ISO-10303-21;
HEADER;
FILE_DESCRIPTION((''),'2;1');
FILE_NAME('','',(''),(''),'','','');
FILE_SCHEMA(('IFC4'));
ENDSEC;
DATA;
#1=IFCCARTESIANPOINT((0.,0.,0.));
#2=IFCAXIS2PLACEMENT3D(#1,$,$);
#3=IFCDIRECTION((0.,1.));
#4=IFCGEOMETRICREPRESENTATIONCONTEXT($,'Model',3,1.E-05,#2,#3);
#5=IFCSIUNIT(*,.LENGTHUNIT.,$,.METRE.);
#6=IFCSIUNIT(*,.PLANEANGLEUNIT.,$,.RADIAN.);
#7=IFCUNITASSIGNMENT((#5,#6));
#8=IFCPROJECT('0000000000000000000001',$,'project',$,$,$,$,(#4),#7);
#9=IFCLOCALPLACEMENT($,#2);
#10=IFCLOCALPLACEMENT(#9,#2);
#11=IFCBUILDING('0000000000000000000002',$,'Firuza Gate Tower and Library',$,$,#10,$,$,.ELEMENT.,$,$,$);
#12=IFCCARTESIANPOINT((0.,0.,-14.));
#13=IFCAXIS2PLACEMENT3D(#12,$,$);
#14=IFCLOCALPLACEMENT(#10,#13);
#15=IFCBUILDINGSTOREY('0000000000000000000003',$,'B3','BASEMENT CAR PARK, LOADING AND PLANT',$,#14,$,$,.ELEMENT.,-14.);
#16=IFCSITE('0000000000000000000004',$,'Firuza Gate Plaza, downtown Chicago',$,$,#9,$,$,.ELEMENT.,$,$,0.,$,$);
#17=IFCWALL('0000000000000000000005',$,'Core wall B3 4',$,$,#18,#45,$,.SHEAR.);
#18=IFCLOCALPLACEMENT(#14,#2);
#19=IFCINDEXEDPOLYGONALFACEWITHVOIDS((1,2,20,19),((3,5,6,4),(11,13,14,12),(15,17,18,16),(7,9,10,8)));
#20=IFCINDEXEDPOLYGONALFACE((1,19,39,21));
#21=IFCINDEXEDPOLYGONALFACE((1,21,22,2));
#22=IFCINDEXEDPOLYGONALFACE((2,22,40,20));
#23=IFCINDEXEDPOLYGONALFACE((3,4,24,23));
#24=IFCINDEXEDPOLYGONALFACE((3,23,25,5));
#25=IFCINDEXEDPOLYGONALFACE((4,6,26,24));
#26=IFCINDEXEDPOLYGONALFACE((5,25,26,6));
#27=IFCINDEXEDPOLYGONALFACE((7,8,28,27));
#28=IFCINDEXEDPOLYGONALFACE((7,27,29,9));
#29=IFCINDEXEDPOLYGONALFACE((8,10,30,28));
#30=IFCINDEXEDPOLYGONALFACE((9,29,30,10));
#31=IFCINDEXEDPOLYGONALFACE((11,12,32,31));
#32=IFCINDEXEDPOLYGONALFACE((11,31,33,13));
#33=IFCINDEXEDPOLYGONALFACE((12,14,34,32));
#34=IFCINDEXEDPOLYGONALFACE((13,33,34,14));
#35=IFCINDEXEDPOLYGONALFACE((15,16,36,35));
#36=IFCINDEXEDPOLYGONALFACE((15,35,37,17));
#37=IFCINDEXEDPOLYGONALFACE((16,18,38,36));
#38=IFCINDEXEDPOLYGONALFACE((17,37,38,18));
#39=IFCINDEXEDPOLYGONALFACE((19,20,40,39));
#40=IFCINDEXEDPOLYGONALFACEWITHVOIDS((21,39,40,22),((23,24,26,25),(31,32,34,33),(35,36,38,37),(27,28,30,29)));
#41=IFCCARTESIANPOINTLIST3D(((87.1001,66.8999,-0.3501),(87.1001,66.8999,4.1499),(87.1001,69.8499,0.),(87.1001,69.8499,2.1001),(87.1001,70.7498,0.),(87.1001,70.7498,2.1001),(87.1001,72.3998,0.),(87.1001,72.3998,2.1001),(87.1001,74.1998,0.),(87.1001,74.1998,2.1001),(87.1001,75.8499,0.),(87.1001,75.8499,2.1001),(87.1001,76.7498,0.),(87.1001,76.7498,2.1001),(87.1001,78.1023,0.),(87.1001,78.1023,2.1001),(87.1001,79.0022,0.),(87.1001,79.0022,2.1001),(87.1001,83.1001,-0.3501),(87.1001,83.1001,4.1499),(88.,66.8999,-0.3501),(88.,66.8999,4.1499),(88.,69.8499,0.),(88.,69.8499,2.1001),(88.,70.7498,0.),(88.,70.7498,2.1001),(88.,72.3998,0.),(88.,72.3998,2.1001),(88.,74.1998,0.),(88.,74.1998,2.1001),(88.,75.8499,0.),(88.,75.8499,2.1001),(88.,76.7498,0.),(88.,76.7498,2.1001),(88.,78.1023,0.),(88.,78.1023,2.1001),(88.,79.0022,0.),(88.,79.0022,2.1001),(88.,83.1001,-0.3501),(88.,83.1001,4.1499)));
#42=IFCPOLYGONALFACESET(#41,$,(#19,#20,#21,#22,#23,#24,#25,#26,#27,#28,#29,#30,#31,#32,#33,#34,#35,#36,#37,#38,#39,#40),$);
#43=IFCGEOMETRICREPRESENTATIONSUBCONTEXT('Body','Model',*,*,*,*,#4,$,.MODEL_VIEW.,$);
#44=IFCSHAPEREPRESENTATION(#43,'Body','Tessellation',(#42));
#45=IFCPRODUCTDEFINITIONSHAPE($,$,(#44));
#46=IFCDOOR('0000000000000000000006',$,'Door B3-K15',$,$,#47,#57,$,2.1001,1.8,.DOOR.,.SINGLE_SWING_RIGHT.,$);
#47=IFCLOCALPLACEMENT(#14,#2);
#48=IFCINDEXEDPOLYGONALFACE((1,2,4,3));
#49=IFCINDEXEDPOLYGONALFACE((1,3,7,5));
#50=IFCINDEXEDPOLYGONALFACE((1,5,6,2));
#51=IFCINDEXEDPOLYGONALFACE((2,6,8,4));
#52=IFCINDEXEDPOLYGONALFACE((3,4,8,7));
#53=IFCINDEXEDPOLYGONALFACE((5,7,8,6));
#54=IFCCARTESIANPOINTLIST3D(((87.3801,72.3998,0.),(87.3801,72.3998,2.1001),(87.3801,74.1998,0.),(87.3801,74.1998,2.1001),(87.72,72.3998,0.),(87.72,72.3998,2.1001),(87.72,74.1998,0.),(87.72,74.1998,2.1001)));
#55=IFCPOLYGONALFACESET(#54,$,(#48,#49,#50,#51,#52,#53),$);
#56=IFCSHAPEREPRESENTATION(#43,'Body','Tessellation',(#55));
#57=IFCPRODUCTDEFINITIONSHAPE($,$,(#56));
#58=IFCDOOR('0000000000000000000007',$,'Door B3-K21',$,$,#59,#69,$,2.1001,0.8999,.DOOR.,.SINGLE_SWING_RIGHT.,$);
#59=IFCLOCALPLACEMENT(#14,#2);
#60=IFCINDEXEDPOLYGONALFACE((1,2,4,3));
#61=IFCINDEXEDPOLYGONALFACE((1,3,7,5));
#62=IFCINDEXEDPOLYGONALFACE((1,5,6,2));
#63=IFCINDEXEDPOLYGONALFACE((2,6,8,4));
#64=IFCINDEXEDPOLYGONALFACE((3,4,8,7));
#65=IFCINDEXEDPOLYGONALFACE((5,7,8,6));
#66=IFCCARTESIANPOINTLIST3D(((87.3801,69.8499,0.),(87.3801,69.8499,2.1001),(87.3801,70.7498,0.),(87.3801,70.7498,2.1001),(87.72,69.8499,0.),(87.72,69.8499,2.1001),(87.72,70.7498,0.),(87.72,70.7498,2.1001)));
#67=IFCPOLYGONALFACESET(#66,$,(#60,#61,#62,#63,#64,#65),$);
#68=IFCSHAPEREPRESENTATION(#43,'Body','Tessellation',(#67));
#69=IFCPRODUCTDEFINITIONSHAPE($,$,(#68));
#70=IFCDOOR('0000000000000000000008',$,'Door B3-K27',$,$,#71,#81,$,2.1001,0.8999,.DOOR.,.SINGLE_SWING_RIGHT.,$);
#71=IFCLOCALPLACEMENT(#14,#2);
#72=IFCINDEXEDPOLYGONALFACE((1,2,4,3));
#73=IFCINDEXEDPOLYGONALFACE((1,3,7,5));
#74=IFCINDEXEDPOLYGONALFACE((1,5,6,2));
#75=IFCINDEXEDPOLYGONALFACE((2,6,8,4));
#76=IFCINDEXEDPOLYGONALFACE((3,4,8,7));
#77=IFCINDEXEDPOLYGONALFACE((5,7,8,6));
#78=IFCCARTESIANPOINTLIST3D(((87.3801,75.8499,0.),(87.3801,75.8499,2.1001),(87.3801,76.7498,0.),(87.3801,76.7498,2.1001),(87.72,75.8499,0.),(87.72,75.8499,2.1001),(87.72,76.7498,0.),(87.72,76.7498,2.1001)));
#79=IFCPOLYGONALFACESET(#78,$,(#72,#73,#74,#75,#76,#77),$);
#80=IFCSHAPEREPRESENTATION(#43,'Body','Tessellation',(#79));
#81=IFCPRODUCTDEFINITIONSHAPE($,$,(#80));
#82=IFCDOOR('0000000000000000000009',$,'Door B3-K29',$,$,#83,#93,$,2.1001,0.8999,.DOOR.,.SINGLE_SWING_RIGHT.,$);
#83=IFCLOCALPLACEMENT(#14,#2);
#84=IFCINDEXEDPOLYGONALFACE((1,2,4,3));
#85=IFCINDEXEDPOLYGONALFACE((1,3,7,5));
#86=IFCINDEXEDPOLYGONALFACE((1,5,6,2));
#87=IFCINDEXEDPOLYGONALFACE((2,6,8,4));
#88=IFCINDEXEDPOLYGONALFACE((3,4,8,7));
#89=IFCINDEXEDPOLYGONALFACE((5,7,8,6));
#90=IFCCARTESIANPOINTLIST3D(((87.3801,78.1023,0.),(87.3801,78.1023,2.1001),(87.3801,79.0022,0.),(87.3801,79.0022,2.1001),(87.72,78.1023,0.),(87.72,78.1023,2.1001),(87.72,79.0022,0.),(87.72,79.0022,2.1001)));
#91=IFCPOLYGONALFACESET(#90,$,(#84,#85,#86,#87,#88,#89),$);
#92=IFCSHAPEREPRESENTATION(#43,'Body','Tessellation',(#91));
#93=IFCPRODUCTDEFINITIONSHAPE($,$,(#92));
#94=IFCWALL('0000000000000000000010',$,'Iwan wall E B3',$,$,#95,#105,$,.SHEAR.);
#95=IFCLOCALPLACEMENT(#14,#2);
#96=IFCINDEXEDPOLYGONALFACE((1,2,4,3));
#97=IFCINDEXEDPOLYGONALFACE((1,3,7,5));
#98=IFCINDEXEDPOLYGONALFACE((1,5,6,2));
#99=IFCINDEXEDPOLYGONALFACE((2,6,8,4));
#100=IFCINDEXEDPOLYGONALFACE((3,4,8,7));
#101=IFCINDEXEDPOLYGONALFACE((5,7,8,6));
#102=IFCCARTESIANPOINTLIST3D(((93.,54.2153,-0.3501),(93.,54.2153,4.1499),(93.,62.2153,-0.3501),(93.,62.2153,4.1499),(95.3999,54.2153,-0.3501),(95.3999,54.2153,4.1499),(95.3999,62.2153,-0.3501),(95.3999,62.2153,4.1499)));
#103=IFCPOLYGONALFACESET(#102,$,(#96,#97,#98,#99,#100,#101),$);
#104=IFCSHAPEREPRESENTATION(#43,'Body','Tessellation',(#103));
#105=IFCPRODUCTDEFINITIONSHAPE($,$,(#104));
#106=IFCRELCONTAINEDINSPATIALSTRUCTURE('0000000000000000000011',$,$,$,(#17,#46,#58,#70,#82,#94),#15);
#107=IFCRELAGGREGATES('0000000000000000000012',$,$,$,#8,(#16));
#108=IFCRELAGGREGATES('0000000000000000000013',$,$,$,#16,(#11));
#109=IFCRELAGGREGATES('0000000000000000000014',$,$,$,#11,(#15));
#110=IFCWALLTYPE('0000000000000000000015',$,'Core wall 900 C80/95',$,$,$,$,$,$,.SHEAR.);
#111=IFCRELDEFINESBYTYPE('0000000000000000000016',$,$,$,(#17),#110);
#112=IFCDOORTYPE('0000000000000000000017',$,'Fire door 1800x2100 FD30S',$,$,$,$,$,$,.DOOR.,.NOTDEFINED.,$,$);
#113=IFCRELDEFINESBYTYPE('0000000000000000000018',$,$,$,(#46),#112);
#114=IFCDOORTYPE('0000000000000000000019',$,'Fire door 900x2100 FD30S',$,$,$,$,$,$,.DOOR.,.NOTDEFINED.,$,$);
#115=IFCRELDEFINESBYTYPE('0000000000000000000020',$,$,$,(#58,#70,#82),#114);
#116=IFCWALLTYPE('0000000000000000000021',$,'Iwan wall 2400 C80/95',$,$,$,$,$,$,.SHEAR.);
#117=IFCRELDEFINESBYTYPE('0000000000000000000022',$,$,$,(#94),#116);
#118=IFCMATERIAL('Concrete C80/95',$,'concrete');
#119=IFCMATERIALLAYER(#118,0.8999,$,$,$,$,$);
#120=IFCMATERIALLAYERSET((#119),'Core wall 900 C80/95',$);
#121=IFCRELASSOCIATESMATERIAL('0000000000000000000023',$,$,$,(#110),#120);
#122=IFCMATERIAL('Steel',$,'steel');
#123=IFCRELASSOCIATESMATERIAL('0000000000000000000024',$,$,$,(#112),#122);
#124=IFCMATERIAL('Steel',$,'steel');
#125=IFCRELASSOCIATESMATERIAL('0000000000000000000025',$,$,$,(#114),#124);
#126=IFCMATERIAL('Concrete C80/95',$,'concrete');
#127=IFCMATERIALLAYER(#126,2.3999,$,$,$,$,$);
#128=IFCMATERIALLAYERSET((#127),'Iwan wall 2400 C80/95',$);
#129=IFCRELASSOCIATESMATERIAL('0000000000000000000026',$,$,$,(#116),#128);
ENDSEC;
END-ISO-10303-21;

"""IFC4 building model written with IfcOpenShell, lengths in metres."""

from ifc_helpers import new_model, si_unit, direction, frame, frame_2d, origin, place, context, subcontext, project, spatial, rectangle, extrude, material, layer, layer_set, type_object, element, fill, save


model = new_model("IFC4")

# Units and contexts
model_context = context("Model", 3, precision=1e-05, world=origin(), true_north=direction((0.0, 1.0)))
body_context = subcontext(model_context, "Body", "Model", "MODEL_VIEW")
ifc_project = project(units=[si_unit("LENGTHUNIT", "METRE"), si_unit("PLANEANGLEUNIT", "RADIAN")], contexts=[model_context])

# Site, building, storey
site_placement = place(None, origin())
site = spatial("IfcSite", under=ifc_project, at=site_placement, Name="Firuza Gate Plaza, downtown Chicago", CompositionType="ELEMENT", RefElevation=0.0)
building_placement = place(site_placement, origin())
building = spatial("IfcBuilding", under=site, at=building_placement, Name="Firuza Gate Tower and Library", CompositionType="ELEMENT")
storey_placement = place(building_placement, frame((0.0, 0.0, -14.0)))
storey = spatial("IfcBuildingStorey", under=building, at=storey_placement, Name="B3", Description="BASEMENT CAR PARK, LOADING AND PLANT", CompositionType="ELEMENT", Elevation=-14.0)

# Wall, openings, doors
ifc_material_1 = material(Name="Concrete C80/95", Category="concrete")
ifc_layer_1 = layer(ifc_material_1, 0.8999)
ifc_layer_set_1 = layer_set([ifc_layer_1], Name="Core wall 900 C80/95")
wall_type_1 = type_object("IfcWallType", Name="Core wall 900 C80/95", PredefinedType="SHEAR", material=ifc_layer_set_1)
wall_1_placement = place(storey_placement, frame((87.55, 66.8999, -0.3501), z_axis=(0.0, 0.0, 1.0), x_axis=(0.0, 1.0, 0.0)))
wall_1 = element("IfcWall", 1, at=wall_1_placement, inside=storey, type_object=wall_type_1, Name="Core wall B3 4", PredefinedType="SHEAR", context=body_context, shape_type="SweptSolid", body=[
    extrude(rectangle(XDim=16.2002, YDim=0.8999, at=frame_2d((8.1001, 0.0))), origin(), (0.0, 0.0, 1.0), 4.5),
])
opening_1_placement = place(wall_1_placement, frame((5.5, 0.0, 0.3501)))
opening_1 = element("IfcOpeningElement", 2, at=opening_1_placement, cuts=wall_1, PredefinedType="OPENING", context=body_context, shape_type="SweptSolid", body=[
    extrude(rectangle(XDim=1.8, YDim=2.1001, at=frame_2d((0.8999, 1.05))), frame((0.0, 0.46, 0.0), z_axis=(0.0, -1.0, 0.0), x_axis=(1.0, 0.0, 0.0)), (0.0, 0.0, 1.0), 0.9199),
])
opening_2_placement = place(wall_1_placement, frame((2.95, 0.0, 0.3501)))
opening_2 = element("IfcOpeningElement", 3, at=opening_2_placement, cuts=wall_1, PredefinedType="OPENING", context=body_context, shape_type="SweptSolid", body=[
    extrude(rectangle(XDim=0.8999, YDim=2.1001, at=frame_2d((0.45, 1.05))), frame((0.0, 0.46, 0.0), z_axis=(0.0, -1.0, 0.0), x_axis=(1.0, 0.0, 0.0)), (0.0, 0.0, 1.0), 0.9199),
])
opening_3_placement = place(wall_1_placement, frame((8.95, 0.0, 0.3501)))
opening_3 = element("IfcOpeningElement", 4, at=opening_3_placement, cuts=wall_1, PredefinedType="OPENING", context=body_context, shape_type="SweptSolid", body=[
    extrude(rectangle(XDim=0.8999, YDim=2.1001, at=frame_2d((0.45, 1.05))), frame((0.0, 0.46, 0.0), z_axis=(0.0, -1.0, 0.0), x_axis=(1.0, 0.0, 0.0)), (0.0, 0.0, 1.0), 0.9199),
])
opening_4_placement = place(wall_1_placement, frame((11.2024, 0.0, 0.3501)))
opening_4 = element("IfcOpeningElement", 5, at=opening_4_placement, cuts=wall_1, PredefinedType="OPENING", context=body_context, shape_type="SweptSolid", body=[
    extrude(rectangle(XDim=0.8999, YDim=2.1001, at=frame_2d((0.45, 1.05))), frame((0.0, 0.46, 0.0), z_axis=(0.0, -1.0, 0.0), x_axis=(1.0, 0.0, 0.0)), (0.0, 0.0, 1.0), 0.9199),
])
ifc_material_2 = material(Name="Steel", Category="steel")
door_type_1 = type_object("IfcDoorType", Name="Fire door 1800x2100 FD30S", OperationType="NOTDEFINED", PredefinedType="DOOR", material=ifc_material_2)
door_1_placement = place(opening_1_placement, origin())
door_1 = element("IfcDoor", 6, at=door_1_placement, inside=storey, type_object=door_type_1, Name="Door B3-K15", OperationType="SINGLE_SWING_RIGHT", OverallHeight=2.1001, OverallWidth=1.8, PredefinedType="DOOR", context=body_context, shape_type="SweptSolid", body=[
    extrude(rectangle(XDim=1.8, YDim=2.1001, at=frame_2d((0.8999, 1.05))), frame((0.0, 0.1699, 0.0), z_axis=(0.0, -1.0, 0.0), x_axis=(1.0, 0.0, 0.0)), (0.0, 0.0, 1.0), 0.3398),
])
fill(opening_1, door_1)
ifc_material_3 = material(Name="Steel", Category="steel")
door_type_2 = type_object("IfcDoorType", Name="Fire door 900x2100 FD30S", OperationType="NOTDEFINED", PredefinedType="DOOR", material=ifc_material_3)
door_2_placement = place(opening_2_placement, origin())
door_2 = element("IfcDoor", 7, at=door_2_placement, inside=storey, type_object=door_type_2, Name="Door B3-K21", OperationType="SINGLE_SWING_RIGHT", OverallHeight=2.1001, OverallWidth=0.8999, PredefinedType="DOOR", context=body_context, shape_type="SweptSolid", body=[
    extrude(rectangle(XDim=0.8999, YDim=2.1001, at=frame_2d((0.45, 1.05))), frame((0.0, 0.1699, 0.0), z_axis=(0.0, -1.0, 0.0), x_axis=(1.0, 0.0, 0.0)), (0.0, 0.0, 1.0), 0.3398),
])
fill(opening_2, door_2)
door_3_placement = place(opening_3_placement, origin())
door_3 = element("IfcDoor", 8, at=door_3_placement, inside=storey, type_object=door_type_2, Name="Door B3-K27", OperationType="SINGLE_SWING_RIGHT", OverallHeight=2.1001, OverallWidth=0.8999, PredefinedType="DOOR", context=body_context, shape_type="SweptSolid", body=[
    extrude(rectangle(XDim=0.8999, YDim=2.1001, at=frame_2d((0.45, 1.05))), frame((0.0, 0.1699, 0.0), z_axis=(0.0, -1.0, 0.0), x_axis=(1.0, 0.0, 0.0)), (0.0, 0.0, 1.0), 0.3398),
])
fill(opening_3, door_3)
door_4_placement = place(opening_4_placement, origin())
door_4 = element("IfcDoor", 9, at=door_4_placement, inside=storey, type_object=door_type_2, Name="Door B3-K29", OperationType="SINGLE_SWING_RIGHT", OverallHeight=2.1001, OverallWidth=0.8999, PredefinedType="DOOR", context=body_context, shape_type="SweptSolid", body=[
    extrude(rectangle(XDim=0.8999, YDim=2.1001, at=frame_2d((0.45, 1.05))), frame((0.0, 0.1699, 0.0), z_axis=(0.0, -1.0, 0.0), x_axis=(1.0, 0.0, 0.0)), (0.0, 0.0, 1.0), 0.3398),
])
fill(opening_4, door_4)

# Wall
ifc_material_4 = material(Name="Concrete C80/95", Category="concrete")
ifc_layer_2 = layer(ifc_material_4, 2.3999)
ifc_layer_set_2 = layer_set([ifc_layer_2], Name="Iwan wall 2400 C80/95")
wall_type_2 = type_object("IfcWallType", Name="Iwan wall 2400 C80/95", PredefinedType="SHEAR", material=ifc_layer_set_2)
wall_2_placement = place(storey_placement, frame((94.2, 54.2153, -0.3501), z_axis=(0.0, 0.0, 1.0), x_axis=(0.0, 1.0, 0.0)))
element("IfcWall", 10, at=wall_2_placement, inside=storey, type_object=wall_type_2, Name="Iwan wall E B3", PredefinedType="SHEAR", context=body_context, shape_type="SweptSolid", body=[
    extrude(rectangle(XDim=8.0, YDim=2.3999, at=frame_2d((4.0, 0.0))), origin(), (0.0, 0.0, 1.0), 4.5),
])

save(model, "model.ifc")
